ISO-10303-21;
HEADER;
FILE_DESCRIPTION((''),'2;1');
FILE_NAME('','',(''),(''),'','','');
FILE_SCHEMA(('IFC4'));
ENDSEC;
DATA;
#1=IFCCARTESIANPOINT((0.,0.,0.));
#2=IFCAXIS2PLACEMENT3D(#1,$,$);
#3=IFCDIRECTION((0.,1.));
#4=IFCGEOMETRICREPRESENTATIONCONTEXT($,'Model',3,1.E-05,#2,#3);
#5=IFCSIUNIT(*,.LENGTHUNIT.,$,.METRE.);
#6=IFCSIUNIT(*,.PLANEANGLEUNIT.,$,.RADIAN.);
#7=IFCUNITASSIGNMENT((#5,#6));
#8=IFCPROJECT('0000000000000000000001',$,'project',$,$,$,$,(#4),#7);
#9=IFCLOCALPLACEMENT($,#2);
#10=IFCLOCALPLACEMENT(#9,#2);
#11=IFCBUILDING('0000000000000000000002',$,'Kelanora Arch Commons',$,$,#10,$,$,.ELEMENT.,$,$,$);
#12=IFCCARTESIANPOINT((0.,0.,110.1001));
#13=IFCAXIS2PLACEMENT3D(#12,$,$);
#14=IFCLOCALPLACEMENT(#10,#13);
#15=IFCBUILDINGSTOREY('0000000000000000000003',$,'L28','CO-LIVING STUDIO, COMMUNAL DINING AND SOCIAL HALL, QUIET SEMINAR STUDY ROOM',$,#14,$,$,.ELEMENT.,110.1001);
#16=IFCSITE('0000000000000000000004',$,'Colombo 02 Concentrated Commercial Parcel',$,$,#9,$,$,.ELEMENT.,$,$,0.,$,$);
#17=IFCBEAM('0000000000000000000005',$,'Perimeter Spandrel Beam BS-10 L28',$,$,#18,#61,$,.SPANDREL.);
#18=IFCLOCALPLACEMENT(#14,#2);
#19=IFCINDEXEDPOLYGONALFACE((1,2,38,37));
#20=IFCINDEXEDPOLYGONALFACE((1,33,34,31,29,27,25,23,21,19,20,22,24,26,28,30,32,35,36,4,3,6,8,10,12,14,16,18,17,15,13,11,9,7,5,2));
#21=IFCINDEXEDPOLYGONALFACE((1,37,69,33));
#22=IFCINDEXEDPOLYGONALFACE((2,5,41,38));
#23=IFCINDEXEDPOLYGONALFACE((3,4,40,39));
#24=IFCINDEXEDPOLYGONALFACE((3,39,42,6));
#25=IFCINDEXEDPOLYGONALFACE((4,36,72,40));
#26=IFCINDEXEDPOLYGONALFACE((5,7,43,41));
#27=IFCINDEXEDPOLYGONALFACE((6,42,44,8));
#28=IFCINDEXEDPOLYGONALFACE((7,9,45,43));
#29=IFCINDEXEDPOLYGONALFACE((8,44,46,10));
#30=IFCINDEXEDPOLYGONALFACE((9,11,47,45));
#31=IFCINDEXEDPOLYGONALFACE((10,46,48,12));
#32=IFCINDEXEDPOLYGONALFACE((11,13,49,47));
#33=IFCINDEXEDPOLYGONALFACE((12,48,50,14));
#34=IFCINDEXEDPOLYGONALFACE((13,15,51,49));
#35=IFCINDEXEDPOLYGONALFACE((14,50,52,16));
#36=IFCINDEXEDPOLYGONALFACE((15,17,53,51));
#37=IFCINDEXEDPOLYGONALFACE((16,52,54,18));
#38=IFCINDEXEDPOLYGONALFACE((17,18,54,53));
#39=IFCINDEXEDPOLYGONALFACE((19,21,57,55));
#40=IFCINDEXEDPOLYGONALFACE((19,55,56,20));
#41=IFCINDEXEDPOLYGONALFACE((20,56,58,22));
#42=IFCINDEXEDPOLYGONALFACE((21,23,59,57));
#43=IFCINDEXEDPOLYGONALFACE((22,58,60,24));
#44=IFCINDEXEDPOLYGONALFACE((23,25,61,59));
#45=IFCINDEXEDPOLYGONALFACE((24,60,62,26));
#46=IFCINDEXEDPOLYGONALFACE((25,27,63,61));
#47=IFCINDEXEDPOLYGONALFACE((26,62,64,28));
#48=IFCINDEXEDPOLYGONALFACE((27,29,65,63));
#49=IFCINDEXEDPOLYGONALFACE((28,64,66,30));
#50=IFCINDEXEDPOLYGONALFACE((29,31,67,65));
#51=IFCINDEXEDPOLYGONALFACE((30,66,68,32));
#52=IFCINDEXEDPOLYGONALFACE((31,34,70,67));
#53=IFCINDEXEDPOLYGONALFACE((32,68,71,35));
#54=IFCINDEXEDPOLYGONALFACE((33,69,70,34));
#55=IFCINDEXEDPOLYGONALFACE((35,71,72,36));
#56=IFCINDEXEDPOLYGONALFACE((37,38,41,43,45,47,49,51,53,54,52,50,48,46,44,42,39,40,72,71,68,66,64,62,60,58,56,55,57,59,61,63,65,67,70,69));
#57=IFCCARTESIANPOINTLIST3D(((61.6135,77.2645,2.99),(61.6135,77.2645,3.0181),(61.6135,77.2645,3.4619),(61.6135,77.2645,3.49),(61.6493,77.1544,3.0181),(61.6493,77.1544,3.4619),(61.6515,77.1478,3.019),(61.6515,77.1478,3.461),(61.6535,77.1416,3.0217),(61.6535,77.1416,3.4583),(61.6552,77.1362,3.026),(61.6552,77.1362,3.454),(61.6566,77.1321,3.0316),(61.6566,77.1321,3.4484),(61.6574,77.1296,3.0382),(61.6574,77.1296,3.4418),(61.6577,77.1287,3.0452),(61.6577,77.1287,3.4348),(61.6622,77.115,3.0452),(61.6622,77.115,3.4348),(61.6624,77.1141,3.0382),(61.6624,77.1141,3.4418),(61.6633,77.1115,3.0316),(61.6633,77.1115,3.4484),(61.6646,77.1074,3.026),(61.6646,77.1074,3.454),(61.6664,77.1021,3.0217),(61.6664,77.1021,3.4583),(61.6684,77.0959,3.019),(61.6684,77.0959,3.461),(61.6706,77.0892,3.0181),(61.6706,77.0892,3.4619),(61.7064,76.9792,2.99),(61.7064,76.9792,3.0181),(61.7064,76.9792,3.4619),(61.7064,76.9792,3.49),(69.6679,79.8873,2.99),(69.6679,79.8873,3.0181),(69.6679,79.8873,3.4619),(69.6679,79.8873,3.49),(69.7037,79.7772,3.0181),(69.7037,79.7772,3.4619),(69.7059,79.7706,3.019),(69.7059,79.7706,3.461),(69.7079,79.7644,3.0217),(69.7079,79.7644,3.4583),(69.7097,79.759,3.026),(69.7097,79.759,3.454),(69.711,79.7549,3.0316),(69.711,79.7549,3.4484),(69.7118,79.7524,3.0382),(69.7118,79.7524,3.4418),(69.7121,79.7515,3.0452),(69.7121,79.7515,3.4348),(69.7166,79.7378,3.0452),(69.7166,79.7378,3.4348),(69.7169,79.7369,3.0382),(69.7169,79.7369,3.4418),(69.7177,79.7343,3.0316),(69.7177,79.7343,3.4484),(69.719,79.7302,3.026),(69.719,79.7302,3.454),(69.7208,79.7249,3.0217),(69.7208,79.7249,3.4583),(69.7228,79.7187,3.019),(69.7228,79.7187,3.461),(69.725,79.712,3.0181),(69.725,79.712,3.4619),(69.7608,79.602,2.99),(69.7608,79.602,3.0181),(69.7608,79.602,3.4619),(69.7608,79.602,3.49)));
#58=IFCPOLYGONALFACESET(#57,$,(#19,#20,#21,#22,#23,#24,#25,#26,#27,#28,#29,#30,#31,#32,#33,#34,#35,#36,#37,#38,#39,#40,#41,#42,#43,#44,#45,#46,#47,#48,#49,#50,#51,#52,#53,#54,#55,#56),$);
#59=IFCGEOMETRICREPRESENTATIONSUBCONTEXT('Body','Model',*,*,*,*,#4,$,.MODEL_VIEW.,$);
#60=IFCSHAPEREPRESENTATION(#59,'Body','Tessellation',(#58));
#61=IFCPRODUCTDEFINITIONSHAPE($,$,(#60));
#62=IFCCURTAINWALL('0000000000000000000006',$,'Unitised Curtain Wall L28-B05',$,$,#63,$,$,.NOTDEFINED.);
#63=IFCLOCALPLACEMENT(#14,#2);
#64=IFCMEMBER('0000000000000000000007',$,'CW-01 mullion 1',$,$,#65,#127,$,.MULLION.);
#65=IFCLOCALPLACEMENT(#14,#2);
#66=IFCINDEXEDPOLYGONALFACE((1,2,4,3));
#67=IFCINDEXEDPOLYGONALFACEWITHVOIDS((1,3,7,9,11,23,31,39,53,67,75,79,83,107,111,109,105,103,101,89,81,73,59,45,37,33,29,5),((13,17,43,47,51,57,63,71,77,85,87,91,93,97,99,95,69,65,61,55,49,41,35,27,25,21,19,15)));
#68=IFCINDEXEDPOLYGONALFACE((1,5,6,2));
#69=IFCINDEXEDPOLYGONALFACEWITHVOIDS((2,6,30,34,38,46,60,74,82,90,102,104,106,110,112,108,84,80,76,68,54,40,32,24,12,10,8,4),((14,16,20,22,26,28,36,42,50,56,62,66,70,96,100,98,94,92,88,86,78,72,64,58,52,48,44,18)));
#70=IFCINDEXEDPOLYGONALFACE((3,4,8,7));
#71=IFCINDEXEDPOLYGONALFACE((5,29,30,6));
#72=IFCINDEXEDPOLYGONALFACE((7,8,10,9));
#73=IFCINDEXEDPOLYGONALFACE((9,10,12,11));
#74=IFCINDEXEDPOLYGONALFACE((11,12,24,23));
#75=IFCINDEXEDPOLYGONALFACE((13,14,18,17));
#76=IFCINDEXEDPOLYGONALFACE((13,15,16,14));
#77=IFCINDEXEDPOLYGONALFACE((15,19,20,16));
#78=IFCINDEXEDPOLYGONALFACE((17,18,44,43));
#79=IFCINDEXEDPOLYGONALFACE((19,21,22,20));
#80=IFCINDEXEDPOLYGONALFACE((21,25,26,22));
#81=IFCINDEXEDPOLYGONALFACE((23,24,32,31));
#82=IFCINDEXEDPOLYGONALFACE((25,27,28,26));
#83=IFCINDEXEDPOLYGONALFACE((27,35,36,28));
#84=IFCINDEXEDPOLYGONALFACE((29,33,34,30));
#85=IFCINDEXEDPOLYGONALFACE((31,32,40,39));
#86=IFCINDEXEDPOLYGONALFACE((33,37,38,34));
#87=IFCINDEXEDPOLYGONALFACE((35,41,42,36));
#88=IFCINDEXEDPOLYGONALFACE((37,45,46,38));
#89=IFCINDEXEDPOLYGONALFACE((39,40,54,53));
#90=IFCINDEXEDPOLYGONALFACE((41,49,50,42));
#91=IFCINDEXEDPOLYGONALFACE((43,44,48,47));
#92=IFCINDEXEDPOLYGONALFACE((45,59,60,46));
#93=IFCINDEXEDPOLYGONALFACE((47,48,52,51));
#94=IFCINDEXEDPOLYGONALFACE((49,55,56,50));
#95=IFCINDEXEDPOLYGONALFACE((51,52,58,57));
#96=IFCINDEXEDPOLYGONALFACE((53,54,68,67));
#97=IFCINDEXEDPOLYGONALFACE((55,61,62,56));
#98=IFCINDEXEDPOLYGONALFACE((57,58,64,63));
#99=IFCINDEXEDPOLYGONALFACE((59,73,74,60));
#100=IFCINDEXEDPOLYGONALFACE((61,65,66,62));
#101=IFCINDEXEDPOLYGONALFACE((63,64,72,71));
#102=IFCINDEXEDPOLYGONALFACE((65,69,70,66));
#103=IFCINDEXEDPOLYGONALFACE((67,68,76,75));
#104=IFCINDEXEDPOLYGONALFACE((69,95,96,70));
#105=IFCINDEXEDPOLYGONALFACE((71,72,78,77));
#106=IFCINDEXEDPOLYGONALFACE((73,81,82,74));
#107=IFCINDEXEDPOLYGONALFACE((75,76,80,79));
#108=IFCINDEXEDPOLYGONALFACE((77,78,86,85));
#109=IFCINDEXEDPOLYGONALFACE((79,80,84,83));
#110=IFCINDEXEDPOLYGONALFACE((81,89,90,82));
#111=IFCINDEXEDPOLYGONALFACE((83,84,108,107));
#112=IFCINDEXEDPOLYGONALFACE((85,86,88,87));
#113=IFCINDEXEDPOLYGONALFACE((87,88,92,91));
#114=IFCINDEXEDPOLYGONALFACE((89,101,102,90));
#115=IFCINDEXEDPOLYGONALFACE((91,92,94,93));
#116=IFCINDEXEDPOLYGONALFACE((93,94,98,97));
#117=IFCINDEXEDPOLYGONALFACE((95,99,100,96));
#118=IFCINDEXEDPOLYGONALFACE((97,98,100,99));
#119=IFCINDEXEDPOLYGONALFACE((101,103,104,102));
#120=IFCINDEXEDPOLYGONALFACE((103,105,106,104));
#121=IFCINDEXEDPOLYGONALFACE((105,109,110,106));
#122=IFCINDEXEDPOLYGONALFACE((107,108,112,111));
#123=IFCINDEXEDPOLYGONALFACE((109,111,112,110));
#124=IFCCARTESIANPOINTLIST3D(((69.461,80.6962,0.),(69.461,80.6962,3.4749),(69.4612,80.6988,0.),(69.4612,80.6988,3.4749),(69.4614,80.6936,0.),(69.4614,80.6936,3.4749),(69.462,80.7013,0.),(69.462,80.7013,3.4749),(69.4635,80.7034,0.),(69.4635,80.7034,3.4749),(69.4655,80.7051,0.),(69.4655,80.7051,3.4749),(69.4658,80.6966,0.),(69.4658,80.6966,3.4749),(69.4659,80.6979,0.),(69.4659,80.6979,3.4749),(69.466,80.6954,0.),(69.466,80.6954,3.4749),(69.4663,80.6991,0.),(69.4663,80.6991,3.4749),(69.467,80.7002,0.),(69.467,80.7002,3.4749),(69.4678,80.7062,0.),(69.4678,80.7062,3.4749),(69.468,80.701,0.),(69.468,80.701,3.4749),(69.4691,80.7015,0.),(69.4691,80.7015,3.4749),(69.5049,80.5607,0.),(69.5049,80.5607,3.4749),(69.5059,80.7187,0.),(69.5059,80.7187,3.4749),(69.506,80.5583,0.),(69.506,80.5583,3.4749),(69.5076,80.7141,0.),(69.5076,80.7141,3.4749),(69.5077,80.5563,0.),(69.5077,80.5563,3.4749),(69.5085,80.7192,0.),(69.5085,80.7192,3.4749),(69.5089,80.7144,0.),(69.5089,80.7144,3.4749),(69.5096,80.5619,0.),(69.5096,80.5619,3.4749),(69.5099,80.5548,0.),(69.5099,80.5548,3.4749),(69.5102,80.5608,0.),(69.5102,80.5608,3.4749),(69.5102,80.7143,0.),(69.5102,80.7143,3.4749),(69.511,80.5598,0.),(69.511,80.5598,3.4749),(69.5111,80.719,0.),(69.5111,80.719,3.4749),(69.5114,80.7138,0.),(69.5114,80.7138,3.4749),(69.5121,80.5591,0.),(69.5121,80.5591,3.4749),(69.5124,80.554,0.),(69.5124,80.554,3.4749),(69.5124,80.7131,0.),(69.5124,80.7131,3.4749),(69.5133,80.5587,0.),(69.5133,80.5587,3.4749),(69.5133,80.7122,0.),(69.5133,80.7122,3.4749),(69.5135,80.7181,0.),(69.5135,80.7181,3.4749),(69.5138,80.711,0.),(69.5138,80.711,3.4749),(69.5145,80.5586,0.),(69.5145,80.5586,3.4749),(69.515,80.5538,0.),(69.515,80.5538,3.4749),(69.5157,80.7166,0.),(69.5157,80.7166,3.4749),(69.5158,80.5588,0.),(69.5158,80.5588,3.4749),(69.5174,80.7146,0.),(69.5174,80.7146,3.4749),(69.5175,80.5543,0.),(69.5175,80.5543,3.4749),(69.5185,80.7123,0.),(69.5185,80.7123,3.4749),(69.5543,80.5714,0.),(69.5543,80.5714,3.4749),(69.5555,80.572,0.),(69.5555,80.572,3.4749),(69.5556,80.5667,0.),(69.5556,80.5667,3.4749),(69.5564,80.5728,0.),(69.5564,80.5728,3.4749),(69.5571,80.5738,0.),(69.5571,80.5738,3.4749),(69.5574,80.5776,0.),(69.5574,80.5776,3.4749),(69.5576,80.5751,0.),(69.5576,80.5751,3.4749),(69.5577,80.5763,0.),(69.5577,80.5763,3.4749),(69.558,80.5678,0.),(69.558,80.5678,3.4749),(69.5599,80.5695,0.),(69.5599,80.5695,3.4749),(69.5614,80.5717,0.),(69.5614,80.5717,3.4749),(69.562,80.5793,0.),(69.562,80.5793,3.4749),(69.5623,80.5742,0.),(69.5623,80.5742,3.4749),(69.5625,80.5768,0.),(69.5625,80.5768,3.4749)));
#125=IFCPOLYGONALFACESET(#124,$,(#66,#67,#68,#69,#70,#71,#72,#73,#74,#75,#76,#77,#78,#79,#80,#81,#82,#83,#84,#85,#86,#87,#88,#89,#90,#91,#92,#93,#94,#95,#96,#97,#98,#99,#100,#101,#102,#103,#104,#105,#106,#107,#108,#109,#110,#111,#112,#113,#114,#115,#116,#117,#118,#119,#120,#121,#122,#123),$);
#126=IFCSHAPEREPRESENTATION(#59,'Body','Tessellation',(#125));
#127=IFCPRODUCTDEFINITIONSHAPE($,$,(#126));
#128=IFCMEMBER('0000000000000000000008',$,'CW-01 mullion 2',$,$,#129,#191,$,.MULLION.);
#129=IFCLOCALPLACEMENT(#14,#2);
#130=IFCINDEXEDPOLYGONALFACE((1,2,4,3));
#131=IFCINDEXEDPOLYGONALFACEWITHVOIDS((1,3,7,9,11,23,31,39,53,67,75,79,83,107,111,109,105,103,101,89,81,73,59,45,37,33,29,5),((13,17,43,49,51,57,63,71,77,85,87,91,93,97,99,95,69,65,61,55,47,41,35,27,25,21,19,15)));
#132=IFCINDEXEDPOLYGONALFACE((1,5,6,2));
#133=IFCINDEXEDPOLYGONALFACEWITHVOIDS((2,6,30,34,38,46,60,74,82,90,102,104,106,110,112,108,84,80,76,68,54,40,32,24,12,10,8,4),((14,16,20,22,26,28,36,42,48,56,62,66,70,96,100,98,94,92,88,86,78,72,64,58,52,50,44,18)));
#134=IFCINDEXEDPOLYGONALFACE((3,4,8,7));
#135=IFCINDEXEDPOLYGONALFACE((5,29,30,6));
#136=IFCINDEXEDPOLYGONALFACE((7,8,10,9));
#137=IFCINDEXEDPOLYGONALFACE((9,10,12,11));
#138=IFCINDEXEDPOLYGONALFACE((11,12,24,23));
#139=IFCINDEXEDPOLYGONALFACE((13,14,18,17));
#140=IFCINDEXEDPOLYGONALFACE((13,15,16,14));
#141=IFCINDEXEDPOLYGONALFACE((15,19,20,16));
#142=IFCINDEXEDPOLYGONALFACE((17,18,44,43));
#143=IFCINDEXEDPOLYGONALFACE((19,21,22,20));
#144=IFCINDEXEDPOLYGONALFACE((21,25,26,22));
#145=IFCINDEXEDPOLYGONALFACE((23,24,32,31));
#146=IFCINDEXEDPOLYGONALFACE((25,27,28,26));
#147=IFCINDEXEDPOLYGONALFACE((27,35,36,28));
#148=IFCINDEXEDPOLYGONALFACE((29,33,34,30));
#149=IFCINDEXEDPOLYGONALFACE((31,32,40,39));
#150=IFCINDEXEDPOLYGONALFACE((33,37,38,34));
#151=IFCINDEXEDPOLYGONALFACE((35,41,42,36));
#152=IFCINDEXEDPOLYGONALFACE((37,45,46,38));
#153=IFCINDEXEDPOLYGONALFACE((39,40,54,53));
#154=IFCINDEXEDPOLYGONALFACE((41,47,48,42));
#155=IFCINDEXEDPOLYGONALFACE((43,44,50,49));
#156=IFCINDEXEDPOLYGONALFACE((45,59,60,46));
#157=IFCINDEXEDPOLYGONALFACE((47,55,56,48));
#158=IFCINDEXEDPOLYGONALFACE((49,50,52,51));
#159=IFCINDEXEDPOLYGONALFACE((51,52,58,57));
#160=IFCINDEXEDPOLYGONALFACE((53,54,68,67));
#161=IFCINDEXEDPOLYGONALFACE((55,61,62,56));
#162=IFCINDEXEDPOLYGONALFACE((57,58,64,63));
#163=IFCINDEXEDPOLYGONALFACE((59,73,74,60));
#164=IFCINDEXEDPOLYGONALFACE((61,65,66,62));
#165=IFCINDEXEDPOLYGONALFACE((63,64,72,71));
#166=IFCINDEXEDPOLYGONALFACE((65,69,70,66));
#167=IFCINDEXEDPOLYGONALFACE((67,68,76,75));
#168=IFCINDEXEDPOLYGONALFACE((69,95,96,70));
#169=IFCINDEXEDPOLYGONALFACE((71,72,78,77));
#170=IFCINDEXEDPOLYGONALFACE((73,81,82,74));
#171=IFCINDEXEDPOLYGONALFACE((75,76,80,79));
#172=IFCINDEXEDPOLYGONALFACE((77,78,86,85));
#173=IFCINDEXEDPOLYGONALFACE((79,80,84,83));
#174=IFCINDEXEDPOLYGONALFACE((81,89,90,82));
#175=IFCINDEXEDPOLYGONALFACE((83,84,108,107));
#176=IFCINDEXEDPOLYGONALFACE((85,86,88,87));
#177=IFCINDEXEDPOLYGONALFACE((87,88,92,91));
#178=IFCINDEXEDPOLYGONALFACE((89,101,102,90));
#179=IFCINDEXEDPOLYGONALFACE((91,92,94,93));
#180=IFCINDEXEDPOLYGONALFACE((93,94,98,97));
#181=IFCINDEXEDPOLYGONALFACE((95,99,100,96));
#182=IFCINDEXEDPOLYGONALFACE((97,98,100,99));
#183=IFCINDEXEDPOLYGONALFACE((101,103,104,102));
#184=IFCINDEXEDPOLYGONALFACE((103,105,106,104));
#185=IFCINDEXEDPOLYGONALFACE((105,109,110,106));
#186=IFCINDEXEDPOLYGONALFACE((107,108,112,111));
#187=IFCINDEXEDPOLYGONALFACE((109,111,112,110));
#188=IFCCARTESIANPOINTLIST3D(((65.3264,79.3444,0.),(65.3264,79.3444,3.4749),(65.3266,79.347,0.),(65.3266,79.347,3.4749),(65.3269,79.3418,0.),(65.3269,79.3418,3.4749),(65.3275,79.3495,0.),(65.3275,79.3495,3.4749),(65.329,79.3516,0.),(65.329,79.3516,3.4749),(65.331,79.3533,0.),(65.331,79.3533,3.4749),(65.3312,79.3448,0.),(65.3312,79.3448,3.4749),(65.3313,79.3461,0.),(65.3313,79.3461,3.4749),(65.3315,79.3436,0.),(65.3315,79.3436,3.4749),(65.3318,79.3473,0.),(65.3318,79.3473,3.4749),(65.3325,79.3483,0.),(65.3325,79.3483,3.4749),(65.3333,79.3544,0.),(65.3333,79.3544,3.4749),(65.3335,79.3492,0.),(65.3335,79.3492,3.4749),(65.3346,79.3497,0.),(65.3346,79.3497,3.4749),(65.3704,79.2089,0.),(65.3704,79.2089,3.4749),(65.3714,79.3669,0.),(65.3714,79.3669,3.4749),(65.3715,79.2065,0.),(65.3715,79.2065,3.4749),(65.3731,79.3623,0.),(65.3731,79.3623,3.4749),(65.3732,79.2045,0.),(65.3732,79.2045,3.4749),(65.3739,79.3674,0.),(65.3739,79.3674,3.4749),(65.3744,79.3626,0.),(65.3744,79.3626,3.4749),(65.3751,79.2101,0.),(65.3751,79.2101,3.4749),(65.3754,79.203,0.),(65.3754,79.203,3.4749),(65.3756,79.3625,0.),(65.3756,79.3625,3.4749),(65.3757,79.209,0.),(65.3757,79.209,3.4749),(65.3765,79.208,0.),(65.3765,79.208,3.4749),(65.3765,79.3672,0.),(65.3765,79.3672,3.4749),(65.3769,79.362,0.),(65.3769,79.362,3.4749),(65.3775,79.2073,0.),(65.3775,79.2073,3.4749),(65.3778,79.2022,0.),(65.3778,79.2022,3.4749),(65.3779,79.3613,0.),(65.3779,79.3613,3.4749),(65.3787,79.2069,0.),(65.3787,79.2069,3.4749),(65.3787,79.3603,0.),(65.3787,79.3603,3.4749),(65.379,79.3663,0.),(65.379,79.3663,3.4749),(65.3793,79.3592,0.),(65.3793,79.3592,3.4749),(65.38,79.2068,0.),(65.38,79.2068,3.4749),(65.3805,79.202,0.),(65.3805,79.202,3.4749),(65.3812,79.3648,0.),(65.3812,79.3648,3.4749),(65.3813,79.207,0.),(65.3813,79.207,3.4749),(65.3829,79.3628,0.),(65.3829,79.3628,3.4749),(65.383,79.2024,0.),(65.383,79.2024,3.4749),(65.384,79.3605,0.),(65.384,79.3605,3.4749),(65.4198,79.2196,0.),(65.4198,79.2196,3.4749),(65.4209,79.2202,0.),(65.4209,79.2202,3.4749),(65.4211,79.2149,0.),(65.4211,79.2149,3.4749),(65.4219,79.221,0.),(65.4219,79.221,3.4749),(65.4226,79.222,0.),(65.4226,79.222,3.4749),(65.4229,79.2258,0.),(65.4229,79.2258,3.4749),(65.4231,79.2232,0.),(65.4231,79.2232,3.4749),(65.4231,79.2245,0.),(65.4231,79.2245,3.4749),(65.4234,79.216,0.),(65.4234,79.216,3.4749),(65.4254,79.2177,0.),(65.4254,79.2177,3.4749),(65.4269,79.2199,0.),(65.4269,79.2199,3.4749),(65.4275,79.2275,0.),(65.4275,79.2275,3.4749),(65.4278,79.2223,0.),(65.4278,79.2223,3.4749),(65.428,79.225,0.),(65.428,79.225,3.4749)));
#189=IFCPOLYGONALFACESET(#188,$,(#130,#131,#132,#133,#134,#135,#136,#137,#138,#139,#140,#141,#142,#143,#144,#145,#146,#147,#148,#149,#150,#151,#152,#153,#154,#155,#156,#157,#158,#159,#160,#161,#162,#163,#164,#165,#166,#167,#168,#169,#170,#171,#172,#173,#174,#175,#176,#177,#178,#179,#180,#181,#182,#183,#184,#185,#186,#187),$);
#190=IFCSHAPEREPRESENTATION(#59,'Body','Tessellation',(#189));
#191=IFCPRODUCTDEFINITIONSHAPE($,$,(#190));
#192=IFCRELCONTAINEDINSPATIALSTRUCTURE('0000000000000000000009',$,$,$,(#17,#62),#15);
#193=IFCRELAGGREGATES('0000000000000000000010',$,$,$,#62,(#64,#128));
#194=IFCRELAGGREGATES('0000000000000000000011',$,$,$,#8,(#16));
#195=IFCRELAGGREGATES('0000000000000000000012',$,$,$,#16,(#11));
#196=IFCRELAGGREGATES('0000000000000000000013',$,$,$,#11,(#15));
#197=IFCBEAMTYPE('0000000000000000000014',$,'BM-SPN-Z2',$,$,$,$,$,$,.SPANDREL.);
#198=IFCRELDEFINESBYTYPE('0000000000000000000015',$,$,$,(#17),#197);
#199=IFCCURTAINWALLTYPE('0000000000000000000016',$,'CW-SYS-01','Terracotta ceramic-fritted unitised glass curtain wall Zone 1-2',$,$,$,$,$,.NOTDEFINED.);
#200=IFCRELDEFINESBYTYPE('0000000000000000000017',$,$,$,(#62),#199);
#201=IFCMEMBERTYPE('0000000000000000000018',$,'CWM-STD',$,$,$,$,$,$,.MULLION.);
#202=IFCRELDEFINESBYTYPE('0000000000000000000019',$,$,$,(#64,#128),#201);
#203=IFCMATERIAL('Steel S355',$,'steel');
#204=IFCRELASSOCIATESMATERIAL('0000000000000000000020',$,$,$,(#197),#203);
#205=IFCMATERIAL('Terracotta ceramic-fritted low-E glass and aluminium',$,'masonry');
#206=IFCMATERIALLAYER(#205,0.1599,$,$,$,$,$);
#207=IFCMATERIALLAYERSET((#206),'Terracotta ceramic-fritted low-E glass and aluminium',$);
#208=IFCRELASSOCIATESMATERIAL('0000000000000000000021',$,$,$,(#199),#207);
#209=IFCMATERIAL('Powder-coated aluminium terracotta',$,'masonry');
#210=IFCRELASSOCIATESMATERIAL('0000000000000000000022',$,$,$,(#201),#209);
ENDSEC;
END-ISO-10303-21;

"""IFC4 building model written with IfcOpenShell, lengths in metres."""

from ifc_helpers import new_model, si_unit, direction, frame, origin, origin_2d, place, context, subcontext, project, spatial, hollow_rectangle, i_section, extrude, material, layer, layer_set, material_profile, profile_set, type_object, element, aggregate, save


model = new_model("IFC4")

# Units and contexts
model_context = context("Model", 3, precision=1e-05, world=origin(), true_north=direction((0.0, 1.0)))
body_context = subcontext(model_context, "Body", "Model", "MODEL_VIEW")
ifc_project = project(units=[si_unit("LENGTHUNIT", "METRE"), si_unit("PLANEANGLEUNIT", "RADIAN")], contexts=[model_context])

# Site, building, storey
site_placement = place(None, origin())
site = spatial("IfcSite", under=ifc_project, at=site_placement, Name="Colombo 02 Concentrated Commercial Parcel", CompositionType="ELEMENT", RefElevation=0.0)
building_placement = place(site_placement, origin())
building = spatial("IfcBuilding", under=site, at=building_placement, Name="Kelanora Arch Commons", CompositionType="ELEMENT")
storey_placement = place(building_placement, frame((0.0, 0.0, 110.1001)))
storey = spatial("IfcBuildingStorey", under=building, at=storey_placement, Name="L28", Description="CO-LIVING STUDIO, COMMUNAL DINING AND SOCIAL HALL, QUIET SEMINAR STUDY ROOM", CompositionType="ELEMENT", Elevation=110.1001)

# Beam
ifc_material_1 = material(Name="Steel S355", Category="steel")
ifc_material_profile_1 = material_profile(ifc_material_1, i_section(OverallWidth=0.3, OverallDepth=0.5, WebThickness=0.0144, FlangeThickness=0.0281, FilletRadius=0.0271, at=origin_2d()), Name="HEB500")
ifc_profile_set_1 = profile_set([ifc_material_profile_1], Name="Steel S355")
beam_type_1 = type_object("IfcBeamType", Name="BM-SPN-Z2", PredefinedType="SPANDREL", material=ifc_profile_set_1)
beam_1_placement = place(storey_placement, frame((69.7144, 79.7446, 3.24), z_axis=(-0.950857, -0.309631, 0.0), x_axis=(0.309631, -0.950857, 0.0)))
element("IfcBeam", 1, at=beam_1_placement, inside=storey, type_object=beam_type_1, Name="Perimeter Spandrel Beam BS-10 L28", PredefinedType="SPANDREL", context=body_context, shape_type="SweptSolid", body=[
    extrude(i_section(OverallWidth=0.3, OverallDepth=0.5, WebThickness=0.0144, FlangeThickness=0.0281, FilletRadius=0.0271, at=origin_2d()), origin(), (0.0, 0.0, 1.0), 8.4707),
])

# Curtain wall, members
ifc_material_2 = material(Name="Terracotta ceramic-fritted low-E glass and aluminium", Category="masonry")
ifc_layer_1 = layer(ifc_material_2, 0.1599)
ifc_layer_set_1 = layer_set([ifc_layer_1], Name="Terracotta ceramic-fritted low-E glass and aluminium")
curtain_wall_type = type_object("IfcCurtainWallType", Name="CW-SYS-01", Description="Terracotta ceramic-fritted unitised glass curtain wall Zone 1-2", PredefinedType="NOTDEFINED", material=ifc_layer_set_1)
curtain_wall_placement = place(storey_placement, origin())
curtain_wall = element("IfcCurtainWall", 2, at=curtain_wall_placement, inside=storey, type_object=curtain_wall_type, Name="Unitised Curtain Wall L28-B05", PredefinedType="NOTDEFINED")
ifc_material_3 = material(Name="Powder-coated aluminium terracotta", Category="masonry")
ifc_material_profile_2 = material_profile(ifc_material_3, hollow_rectangle(XDim=0.1599, YDim=0.0601, WallThickness=0.0049, InnerFilletRadius=0.0049, OuterFilletRadius=0.01, at=origin_2d()), Name="CWM160x60")
ifc_profile_set_2 = profile_set([ifc_material_profile_2], Name="Powder-coated aluminium terracotta")
member_type_1 = type_object("IfcMemberType", Name="CWM-STD", PredefinedType="MULLION", material=ifc_profile_set_2)
member_1_placement = place(storey_placement, frame((69.5117, 80.6365, 0.0), z_axis=(0.0, 0.0, 1.0), x_axis=(0.310805, -0.950474, 0.0)))
member_1 = element("IfcMember", 3, at=member_1_placement, type_object=member_type_1, Name="CW-01 mullion 1", PredefinedType="MULLION", context=body_context, shape_type="SweptSolid", body=[
    extrude(hollow_rectangle(XDim=0.1599, YDim=0.0601, WallThickness=0.0049, InnerFilletRadius=0.0049, OuterFilletRadius=0.01, at=origin_2d()), origin(), (0.0, 0.0, 1.0), 3.4749),
])
member_2_placement = place(storey_placement, frame((65.3772, 79.2847, 0.0), z_axis=(0.0, 0.0, 1.0), x_axis=(0.310805, -0.950474, 0.0)))
member_2 = element("IfcMember", 4, at=member_2_placement, type_object=member_type_1, Name="CW-01 mullion 2", PredefinedType="MULLION", context=body_context, shape_type="SweptSolid", body=[
    extrude(hollow_rectangle(XDim=0.1599, YDim=0.0601, WallThickness=0.0049, InnerFilletRadius=0.0049, OuterFilletRadius=0.01, at=origin_2d()), origin(), (0.0, 0.0, 1.0), 3.4749),
])
aggregate(curtain_wall, [member_1, member_2])

save(model, "model.ifc")
